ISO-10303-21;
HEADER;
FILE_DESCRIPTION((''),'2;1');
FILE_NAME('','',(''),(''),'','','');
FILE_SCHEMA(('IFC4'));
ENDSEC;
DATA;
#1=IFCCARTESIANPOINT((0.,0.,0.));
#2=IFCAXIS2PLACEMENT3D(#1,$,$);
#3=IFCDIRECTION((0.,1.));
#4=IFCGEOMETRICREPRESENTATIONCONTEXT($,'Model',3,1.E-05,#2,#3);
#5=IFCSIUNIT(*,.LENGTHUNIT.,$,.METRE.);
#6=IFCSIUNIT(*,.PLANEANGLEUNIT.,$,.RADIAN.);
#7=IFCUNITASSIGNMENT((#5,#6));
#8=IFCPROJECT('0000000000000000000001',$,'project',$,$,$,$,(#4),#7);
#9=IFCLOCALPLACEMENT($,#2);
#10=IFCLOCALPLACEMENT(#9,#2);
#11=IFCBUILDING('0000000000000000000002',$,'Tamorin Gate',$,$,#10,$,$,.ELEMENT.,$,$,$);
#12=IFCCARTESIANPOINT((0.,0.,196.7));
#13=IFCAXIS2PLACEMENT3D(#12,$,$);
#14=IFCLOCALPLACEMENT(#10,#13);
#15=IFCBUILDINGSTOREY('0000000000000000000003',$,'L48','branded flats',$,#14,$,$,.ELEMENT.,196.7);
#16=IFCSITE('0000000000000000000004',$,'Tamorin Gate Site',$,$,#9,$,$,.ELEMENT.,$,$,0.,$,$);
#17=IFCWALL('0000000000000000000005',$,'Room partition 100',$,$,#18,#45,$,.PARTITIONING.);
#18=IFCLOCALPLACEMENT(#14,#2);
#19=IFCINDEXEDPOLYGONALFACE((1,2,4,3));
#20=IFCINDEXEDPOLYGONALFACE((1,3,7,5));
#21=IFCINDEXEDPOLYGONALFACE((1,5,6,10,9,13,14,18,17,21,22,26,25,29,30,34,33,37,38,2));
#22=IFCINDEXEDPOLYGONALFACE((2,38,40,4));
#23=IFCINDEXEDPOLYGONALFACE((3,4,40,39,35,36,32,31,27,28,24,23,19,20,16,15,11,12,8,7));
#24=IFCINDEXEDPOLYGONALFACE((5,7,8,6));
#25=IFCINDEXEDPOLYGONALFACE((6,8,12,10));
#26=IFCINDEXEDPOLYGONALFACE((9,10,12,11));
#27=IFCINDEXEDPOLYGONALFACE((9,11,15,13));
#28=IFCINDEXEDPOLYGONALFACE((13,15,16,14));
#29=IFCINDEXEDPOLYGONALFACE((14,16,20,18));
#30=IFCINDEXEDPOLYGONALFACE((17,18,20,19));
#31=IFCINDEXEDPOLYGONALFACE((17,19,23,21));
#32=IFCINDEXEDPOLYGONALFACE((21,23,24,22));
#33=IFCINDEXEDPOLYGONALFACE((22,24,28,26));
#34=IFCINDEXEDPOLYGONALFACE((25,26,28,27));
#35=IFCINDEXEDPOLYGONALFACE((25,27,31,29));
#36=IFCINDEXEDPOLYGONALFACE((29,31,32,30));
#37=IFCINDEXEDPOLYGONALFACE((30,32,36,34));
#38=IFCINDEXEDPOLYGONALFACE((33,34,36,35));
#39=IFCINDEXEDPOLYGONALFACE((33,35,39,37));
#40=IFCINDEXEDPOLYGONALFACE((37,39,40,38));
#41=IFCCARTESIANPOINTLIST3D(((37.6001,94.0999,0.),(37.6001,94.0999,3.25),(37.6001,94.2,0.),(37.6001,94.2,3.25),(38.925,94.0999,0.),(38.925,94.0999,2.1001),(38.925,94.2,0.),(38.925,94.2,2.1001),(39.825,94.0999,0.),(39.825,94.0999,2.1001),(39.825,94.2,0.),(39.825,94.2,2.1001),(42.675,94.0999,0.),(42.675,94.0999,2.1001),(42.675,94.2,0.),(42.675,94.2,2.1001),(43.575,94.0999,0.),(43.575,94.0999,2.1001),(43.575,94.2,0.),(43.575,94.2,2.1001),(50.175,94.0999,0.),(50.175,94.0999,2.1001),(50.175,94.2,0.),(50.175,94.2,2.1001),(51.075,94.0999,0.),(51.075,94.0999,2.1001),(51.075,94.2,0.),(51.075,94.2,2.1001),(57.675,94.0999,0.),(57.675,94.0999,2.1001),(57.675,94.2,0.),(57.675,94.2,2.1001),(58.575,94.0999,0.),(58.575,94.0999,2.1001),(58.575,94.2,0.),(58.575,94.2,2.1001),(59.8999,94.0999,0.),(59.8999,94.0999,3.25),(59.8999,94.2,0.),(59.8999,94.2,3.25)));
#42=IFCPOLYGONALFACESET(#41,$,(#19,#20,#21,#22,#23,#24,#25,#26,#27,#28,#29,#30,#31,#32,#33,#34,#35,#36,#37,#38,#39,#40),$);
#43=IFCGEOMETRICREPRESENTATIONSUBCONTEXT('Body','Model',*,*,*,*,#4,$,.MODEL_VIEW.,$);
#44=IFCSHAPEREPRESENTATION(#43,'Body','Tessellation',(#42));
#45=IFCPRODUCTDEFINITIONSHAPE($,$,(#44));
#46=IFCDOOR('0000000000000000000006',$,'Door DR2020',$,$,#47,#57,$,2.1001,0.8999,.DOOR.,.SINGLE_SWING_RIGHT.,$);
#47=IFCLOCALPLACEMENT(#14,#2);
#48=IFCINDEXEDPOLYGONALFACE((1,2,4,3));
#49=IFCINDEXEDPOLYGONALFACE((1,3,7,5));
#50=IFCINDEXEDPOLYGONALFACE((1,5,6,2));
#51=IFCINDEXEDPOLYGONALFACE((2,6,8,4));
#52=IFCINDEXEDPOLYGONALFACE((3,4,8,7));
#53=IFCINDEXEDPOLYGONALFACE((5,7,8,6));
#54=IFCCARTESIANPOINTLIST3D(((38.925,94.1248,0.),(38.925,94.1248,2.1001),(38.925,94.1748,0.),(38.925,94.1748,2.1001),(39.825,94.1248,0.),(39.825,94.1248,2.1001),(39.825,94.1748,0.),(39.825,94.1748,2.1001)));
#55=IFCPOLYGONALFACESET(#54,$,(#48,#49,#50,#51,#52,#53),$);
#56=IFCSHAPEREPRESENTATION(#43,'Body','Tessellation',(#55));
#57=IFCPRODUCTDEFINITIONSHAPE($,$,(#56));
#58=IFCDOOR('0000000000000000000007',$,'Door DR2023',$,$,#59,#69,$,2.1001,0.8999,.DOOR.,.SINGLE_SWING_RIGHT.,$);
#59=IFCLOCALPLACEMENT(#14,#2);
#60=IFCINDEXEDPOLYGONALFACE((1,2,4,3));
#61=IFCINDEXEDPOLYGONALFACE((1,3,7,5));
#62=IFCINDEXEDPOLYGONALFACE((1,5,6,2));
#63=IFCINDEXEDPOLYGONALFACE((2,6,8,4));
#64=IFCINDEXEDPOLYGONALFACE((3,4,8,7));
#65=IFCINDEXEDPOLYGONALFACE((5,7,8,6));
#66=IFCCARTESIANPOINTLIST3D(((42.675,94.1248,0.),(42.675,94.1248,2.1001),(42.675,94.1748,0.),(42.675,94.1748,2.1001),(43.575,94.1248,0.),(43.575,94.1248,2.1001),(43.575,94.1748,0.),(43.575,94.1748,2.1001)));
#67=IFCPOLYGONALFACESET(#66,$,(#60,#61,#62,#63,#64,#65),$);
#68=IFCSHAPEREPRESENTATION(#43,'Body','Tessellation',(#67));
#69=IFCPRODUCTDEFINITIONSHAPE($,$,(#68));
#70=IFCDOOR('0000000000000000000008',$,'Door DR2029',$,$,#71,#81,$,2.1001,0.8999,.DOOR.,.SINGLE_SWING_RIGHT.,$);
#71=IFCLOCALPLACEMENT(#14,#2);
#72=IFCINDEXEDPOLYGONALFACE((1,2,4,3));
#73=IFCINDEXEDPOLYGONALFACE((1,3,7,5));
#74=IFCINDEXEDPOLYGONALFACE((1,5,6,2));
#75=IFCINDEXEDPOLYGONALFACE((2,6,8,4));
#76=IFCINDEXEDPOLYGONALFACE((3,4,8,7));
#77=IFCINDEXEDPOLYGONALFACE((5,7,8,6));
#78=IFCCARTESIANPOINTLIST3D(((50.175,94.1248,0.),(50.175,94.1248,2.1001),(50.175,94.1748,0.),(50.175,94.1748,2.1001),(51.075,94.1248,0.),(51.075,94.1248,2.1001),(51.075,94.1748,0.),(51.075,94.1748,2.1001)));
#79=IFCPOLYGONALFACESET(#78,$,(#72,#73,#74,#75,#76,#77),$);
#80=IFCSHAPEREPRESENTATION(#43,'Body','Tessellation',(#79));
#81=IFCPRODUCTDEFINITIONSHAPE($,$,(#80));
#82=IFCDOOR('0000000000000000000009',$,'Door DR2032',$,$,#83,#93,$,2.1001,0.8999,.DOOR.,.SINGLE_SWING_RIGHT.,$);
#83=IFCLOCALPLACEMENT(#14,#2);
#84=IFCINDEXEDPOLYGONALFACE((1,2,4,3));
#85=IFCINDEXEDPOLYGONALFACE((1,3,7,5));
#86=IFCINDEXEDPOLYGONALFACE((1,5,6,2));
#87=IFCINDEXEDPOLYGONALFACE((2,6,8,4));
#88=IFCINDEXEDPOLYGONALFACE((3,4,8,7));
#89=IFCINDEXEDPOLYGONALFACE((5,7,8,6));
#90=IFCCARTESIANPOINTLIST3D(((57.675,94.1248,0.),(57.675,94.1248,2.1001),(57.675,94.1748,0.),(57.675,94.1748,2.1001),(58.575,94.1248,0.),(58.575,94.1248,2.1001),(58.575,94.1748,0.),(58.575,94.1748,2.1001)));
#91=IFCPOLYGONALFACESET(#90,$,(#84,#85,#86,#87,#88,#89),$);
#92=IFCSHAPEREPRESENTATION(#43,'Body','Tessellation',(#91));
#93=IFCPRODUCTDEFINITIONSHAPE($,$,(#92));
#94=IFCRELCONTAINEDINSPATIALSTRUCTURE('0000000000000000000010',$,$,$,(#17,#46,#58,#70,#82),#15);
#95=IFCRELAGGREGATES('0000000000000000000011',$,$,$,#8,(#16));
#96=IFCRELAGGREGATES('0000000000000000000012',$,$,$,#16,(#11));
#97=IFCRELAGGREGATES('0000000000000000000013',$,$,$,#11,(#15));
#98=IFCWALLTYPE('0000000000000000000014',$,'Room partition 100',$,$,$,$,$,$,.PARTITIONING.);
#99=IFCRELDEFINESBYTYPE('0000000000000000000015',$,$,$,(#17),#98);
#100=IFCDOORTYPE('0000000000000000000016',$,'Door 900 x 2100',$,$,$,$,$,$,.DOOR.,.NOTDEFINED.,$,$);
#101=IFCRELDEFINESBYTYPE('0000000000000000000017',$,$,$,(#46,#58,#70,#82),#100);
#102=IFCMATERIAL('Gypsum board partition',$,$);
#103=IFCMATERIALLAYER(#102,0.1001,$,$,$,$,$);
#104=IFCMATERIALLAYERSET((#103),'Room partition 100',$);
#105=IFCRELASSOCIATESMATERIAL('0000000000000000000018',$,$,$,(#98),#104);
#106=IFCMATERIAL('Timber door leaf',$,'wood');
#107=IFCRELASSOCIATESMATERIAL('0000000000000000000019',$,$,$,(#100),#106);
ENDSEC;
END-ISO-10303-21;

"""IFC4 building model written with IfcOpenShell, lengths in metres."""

from ifc_helpers import new_model, si_unit, direction, frame, frame_2d, origin, place, context, subcontext, project, spatial, rectangle, extrude, material, layer, layer_set, type_object, element, fill, save


model = new_model("IFC4")

# Units and contexts
model_context = context("Model", 3, precision=1e-05, world=origin(), true_north=direction((0.0, 1.0)))
body_context = subcontext(model_context, "Body", "Model", "MODEL_VIEW")
ifc_project = project(units=[si_unit("LENGTHUNIT", "METRE"), si_unit("PLANEANGLEUNIT", "RADIAN")], contexts=[model_context])

# Site, building, storey
site_placement = place(None, origin())
site = spatial("IfcSite", under=ifc_project, at=site_placement, Name="Tamorin Gate Site", CompositionType="ELEMENT", RefElevation=0.0)
building_placement = place(site_placement, origin())
building = spatial("IfcBuilding", under=site, at=building_placement, Name="Tamorin Gate", CompositionType="ELEMENT")
storey_placement = place(building_placement, frame((0.0, 0.0, 196.7)))
storey = spatial("IfcBuildingStorey", under=building, at=storey_placement, Name="L48", Description="branded flats", CompositionType="ELEMENT", Elevation=196.7)

# Wall, openings, doors
ifc_material_1 = material(Name="Gypsum board partition")
ifc_layer_1 = layer(ifc_material_1, 0.1001)
ifc_layer_set_1 = layer_set([ifc_layer_1], Name="Room partition 100")
wall_type_1 = type_object("IfcWallType", Name="Room partition 100", PredefinedType="PARTITIONING", material=ifc_layer_set_1)
wall_1_placement = place(storey_placement, frame((37.6001, 94.1499, 0.0), z_axis=(0.0, 0.0, 1.0), x_axis=(1.0, 0.0, 0.0)))
wall_1 = element("IfcWall", 1, at=wall_1_placement, inside=storey, type_object=wall_type_1, Name="Room partition 100", PredefinedType="PARTITIONING", context=body_context, shape_type="SweptSolid", body=[
    extrude(rectangle(XDim=22.2998, YDim=0.1001, at=frame_2d((11.1499, 0.0))), origin(), (0.0, 0.0, 1.0), 3.25),
])
opening_1_placement = place(wall_1_placement, frame((1.325, 0.0, 0.0)))
opening_1 = element("IfcOpeningElement", 2, at=opening_1_placement, cuts=wall_1, PredefinedType="OPENING", context=body_context, shape_type="SweptSolid", body=[
    extrude(rectangle(XDim=0.8999, YDim=2.1001, at=frame_2d((0.45, 1.05))), frame((0.0, 0.0601, 0.0), z_axis=(0.0, -1.0, 0.0), x_axis=(1.0, 0.0, 0.0)), (0.0, 0.0, 1.0), 0.1201),
])
opening_2_placement = place(wall_1_placement, frame((5.075, 0.0, 0.0)))
opening_2 = element("IfcOpeningElement", 3, at=opening_2_placement, cuts=wall_1, PredefinedType="OPENING", context=body_context, shape_type="SweptSolid", body=[
    extrude(rectangle(XDim=0.8999, YDim=2.1001, at=frame_2d((0.45, 1.05))), frame((0.0, 0.0601, 0.0), z_axis=(0.0, -1.0, 0.0), x_axis=(1.0, 0.0, 0.0)), (0.0, 0.0, 1.0), 0.1201),
])
opening_3_placement = place(wall_1_placement, frame((12.575, 0.0, 0.0)))
opening_3 = element("IfcOpeningElement", 4, at=opening_3_placement, cuts=wall_1, PredefinedType="OPENING", context=body_context, shape_type="SweptSolid", body=[
    extrude(rectangle(XDim=0.8999, YDim=2.1001, at=frame_2d((0.45, 1.05))), frame((0.0, 0.0601, 0.0), z_axis=(0.0, -1.0, 0.0), x_axis=(1.0, 0.0, 0.0)), (0.0, 0.0, 1.0), 0.1201),
])
opening_4_placement = place(wall_1_placement, frame((20.075, 0.0, 0.0)))
opening_4 = element("IfcOpeningElement", 5, at=opening_4_placement, cuts=wall_1, PredefinedType="OPENING", context=body_context, shape_type="SweptSolid", body=[
    extrude(rectangle(XDim=0.8999, YDim=2.1001, at=frame_2d((0.45, 1.05))), frame((0.0, 0.0601, 0.0), z_axis=(0.0, -1.0, 0.0), x_axis=(1.0, 0.0, 0.0)), (0.0, 0.0, 1.0), 0.1201),
])
ifc_material_2 = material(Name="Timber door leaf", Category="wood")
door_type = type_object("IfcDoorType", Name="Door 900 x 2100", OperationType="NOTDEFINED", PredefinedType="DOOR", material=ifc_material_2)
door_1_placement = place(opening_1_placement, origin())
door_1 = element("IfcDoor", 6, at=door_1_placement, inside=storey, type_object=door_type, Name="Door DR2020", OperationType="SINGLE_SWING_RIGHT", OverallHeight=2.1001, OverallWidth=0.8999, PredefinedType="DOOR", context=body_context, shape_type="SweptSolid", body=[
    extrude(rectangle(XDim=0.8999, YDim=2.1001, at=frame_2d((0.45, 1.05))), frame((0.0, 0.0249, 0.0), z_axis=(0.0, -1.0, 0.0), x_axis=(1.0, 0.0, 0.0)), (0.0, 0.0, 1.0), 0.05),
])
fill(opening_1, door_1)
door_2_placement = place(opening_2_placement, origin())
door_2 = element("IfcDoor", 7, at=door_2_placement, inside=storey, type_object=door_type, Name="Door DR2023", OperationType="SINGLE_SWING_RIGHT", OverallHeight=2.1001, OverallWidth=0.8999, PredefinedType="DOOR", context=body_context, shape_type="SweptSolid", body=[
    extrude(rectangle(XDim=0.8999, YDim=2.1001, at=frame_2d((0.45, 1.05))), frame((0.0, 0.0249, 0.0), z_axis=(0.0, -1.0, 0.0), x_axis=(1.0, 0.0, 0.0)), (0.0, 0.0, 1.0), 0.05),
])
fill(opening_2, door_2)
door_3_placement = place(opening_3_placement, origin())
door_3 = element("IfcDoor", 8, at=door_3_placement, inside=storey, type_object=door_type, Name="Door DR2029", OperationType="SINGLE_SWING_RIGHT", OverallHeight=2.1001, OverallWidth=0.8999, PredefinedType="DOOR", context=body_context, shape_type="SweptSolid", body=[
    extrude(rectangle(XDim=0.8999, YDim=2.1001, at=frame_2d((0.45, 1.05))), frame((0.0, 0.0249, 0.0), z_axis=(0.0, -1.0, 0.0), x_axis=(1.0, 0.0, 0.0)), (0.0, 0.0, 1.0), 0.05),
])
fill(opening_3, door_3)
door_4_placement = place(opening_4_placement, origin())
door_4 = element("IfcDoor", 9, at=door_4_placement, inside=storey, type_object=door_type, Name="Door DR2032", OperationType="SINGLE_SWING_RIGHT", OverallHeight=2.1001, OverallWidth=0.8999, PredefinedType="DOOR", context=body_context, shape_type="SweptSolid", body=[
    extrude(rectangle(XDim=0.8999, YDim=2.1001, at=frame_2d((0.45, 1.05))), frame((0.0, 0.0249, 0.0), z_axis=(0.0, -1.0, 0.0), x_axis=(1.0, 0.0, 0.0)), (0.0, 0.0, 1.0), 0.05),
])
fill(opening_4, door_4)

save(model, "model.ifc")
